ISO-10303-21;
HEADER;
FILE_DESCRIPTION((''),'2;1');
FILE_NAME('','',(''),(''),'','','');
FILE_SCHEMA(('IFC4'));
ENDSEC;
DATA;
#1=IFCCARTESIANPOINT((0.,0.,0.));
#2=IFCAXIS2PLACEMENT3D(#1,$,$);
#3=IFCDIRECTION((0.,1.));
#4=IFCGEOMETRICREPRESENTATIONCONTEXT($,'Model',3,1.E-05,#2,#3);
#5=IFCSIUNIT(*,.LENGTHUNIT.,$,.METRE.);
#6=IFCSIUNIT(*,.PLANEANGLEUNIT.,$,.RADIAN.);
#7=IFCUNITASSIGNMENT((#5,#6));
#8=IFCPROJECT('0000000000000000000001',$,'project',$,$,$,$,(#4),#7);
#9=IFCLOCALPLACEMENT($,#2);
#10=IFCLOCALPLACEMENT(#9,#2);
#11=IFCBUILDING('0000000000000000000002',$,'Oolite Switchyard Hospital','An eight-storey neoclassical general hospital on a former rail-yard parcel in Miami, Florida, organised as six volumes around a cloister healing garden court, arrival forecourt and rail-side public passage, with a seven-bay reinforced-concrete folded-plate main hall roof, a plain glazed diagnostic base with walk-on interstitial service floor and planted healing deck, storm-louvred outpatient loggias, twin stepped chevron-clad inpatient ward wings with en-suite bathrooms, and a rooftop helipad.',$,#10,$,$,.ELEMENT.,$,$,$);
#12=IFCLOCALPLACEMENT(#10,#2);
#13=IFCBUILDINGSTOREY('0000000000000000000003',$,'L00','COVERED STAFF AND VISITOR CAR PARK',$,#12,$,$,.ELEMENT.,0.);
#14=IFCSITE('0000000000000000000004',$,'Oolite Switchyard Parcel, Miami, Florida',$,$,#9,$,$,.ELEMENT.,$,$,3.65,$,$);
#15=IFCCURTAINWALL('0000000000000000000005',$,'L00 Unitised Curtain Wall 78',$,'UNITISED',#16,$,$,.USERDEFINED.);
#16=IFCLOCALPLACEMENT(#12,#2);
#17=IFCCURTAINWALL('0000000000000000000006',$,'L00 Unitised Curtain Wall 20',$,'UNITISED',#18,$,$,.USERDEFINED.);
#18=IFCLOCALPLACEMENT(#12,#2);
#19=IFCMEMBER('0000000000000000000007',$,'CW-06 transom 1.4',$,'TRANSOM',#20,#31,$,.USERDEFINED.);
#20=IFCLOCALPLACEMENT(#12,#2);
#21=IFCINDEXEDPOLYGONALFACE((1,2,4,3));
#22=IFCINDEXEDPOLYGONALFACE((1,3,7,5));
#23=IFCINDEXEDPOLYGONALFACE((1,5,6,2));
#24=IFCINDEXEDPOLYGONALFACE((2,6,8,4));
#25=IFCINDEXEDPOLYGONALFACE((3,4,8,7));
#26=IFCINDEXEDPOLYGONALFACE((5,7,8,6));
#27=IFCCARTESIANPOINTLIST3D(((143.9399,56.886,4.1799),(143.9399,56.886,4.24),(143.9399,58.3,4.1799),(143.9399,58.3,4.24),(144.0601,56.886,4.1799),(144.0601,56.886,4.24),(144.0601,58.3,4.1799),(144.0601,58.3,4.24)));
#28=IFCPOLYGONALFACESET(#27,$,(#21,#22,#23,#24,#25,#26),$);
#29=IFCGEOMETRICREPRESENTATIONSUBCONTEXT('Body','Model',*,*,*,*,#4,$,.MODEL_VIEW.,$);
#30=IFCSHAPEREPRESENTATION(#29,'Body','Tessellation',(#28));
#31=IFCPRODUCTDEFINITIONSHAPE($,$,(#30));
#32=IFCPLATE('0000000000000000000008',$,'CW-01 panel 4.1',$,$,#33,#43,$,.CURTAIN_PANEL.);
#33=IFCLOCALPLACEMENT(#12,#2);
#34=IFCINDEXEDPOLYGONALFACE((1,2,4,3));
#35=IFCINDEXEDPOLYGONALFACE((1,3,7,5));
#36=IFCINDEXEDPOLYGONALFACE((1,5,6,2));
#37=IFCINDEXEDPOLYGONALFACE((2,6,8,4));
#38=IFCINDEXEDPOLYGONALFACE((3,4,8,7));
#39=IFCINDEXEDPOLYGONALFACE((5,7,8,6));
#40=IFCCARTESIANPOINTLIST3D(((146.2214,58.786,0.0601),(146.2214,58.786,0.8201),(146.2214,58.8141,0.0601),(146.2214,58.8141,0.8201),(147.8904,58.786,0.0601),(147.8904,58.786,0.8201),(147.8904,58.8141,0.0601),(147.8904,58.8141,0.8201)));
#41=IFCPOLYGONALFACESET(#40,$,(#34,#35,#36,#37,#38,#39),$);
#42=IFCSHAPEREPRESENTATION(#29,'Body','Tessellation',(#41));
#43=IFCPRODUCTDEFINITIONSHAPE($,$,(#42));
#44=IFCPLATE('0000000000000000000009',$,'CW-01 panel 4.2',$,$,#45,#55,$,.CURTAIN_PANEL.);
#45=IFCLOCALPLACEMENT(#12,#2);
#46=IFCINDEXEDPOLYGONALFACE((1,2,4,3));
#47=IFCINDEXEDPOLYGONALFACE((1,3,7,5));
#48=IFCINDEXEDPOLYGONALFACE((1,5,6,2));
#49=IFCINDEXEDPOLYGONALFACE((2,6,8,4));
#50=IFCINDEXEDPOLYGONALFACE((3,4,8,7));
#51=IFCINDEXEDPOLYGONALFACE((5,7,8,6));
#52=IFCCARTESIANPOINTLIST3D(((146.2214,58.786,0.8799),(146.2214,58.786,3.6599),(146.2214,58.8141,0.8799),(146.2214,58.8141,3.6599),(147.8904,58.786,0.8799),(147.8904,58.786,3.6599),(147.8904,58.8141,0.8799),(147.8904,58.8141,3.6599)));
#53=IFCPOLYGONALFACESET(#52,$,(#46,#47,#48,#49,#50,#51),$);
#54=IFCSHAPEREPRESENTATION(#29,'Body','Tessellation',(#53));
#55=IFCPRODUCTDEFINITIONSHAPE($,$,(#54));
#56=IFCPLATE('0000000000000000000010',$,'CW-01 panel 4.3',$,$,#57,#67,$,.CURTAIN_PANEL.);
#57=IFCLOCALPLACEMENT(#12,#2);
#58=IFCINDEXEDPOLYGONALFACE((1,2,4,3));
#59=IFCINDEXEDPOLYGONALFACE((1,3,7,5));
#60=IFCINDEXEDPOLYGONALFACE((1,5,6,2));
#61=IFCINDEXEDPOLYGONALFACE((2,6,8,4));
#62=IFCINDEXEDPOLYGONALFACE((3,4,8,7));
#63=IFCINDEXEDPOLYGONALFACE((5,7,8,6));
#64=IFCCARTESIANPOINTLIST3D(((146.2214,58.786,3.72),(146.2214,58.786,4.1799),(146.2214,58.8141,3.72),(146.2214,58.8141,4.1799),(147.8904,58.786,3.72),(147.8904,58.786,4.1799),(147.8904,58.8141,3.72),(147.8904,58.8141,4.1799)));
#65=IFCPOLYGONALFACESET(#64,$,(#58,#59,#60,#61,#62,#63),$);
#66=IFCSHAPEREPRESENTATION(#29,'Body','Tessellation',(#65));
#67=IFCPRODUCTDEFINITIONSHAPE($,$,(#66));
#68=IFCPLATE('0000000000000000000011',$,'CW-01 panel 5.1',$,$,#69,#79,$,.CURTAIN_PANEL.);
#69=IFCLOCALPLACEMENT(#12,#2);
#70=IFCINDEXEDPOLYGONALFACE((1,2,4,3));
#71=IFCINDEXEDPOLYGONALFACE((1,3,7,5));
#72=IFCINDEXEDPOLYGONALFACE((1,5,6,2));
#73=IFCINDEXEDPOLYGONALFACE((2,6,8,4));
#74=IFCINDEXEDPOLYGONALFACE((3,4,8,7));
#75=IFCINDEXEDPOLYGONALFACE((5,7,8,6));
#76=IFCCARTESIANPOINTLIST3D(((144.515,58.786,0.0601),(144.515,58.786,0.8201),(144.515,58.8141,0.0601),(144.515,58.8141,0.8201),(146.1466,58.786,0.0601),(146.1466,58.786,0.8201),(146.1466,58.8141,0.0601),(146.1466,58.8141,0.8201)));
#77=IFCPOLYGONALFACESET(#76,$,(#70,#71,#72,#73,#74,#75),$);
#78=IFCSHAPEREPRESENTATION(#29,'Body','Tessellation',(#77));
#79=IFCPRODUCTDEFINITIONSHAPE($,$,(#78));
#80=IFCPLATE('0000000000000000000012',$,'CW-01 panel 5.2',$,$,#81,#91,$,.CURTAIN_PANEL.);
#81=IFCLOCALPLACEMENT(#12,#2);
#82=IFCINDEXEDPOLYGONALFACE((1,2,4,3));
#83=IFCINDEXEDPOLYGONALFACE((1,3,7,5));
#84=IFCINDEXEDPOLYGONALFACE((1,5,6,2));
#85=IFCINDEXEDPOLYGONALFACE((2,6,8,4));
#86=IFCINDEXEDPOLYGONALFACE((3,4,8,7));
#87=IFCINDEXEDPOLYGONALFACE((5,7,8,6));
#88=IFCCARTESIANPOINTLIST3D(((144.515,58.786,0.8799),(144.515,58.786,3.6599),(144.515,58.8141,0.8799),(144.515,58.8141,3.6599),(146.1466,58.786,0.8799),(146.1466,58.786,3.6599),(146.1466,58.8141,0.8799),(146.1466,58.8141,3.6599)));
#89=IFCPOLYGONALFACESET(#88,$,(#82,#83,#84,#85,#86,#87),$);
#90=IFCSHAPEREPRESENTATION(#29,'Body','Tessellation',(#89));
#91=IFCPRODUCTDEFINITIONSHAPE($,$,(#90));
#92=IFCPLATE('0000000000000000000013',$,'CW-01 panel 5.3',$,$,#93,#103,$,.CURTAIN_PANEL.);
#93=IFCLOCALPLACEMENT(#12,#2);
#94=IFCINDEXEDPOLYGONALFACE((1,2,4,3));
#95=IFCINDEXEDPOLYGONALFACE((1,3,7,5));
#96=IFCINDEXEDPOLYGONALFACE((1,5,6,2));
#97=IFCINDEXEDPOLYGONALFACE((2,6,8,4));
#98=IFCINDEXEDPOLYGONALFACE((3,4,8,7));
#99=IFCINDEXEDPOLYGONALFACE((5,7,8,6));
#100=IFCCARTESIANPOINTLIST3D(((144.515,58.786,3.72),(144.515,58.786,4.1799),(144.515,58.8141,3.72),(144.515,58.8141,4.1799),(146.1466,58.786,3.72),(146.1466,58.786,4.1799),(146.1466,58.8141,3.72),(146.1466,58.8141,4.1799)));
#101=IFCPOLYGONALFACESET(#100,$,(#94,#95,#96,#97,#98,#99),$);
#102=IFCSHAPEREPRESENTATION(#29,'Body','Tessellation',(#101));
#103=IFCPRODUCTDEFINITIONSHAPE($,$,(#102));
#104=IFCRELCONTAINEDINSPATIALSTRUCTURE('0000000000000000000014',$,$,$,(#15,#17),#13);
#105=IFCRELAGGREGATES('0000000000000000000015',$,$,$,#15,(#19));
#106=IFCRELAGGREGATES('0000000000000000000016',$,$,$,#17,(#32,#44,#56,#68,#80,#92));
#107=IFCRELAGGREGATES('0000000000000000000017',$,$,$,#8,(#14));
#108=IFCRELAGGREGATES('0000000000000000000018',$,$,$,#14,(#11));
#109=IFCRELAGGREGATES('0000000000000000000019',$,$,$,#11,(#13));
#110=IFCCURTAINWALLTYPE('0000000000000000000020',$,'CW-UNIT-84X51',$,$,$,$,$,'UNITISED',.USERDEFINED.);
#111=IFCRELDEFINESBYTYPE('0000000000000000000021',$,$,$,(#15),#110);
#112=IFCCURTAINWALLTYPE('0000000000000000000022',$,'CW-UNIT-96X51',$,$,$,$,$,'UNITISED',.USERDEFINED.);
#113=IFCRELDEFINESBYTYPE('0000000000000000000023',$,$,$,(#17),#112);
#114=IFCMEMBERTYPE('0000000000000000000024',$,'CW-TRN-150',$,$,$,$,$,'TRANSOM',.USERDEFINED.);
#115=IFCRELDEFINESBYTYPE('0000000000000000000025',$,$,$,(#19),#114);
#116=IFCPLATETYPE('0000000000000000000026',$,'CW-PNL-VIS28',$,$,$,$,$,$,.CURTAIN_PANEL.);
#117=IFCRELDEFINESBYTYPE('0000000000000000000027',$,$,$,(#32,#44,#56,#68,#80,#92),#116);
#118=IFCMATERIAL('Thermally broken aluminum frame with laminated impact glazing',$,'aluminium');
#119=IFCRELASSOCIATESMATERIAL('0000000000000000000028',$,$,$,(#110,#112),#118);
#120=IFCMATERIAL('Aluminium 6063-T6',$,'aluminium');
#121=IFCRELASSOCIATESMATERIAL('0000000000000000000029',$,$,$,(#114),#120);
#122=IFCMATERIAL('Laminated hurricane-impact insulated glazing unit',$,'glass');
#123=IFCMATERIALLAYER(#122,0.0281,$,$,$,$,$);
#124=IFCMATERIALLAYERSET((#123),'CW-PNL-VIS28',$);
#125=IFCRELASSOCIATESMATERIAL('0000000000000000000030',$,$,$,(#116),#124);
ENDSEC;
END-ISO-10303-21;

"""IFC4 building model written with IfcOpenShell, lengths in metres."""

from ifc_helpers import new_model, si_unit, direction, frame, origin, origin_2d, place, context, subcontext, project, spatial, rectangle, extrude, material, layer, layer_set, material_profile, profile_set, type_object, element, aggregate, save


model = new_model("IFC4")

# Units and contexts
model_context = context("Model", 3, precision=1e-05, world=origin(), true_north=direction((0.0, 1.0)))
body_context = subcontext(model_context, "Body", "Model", "MODEL_VIEW")
ifc_project = project(units=[si_unit("LENGTHUNIT", "METRE"), si_unit("PLANEANGLEUNIT", "RADIAN")], contexts=[model_context])

# Site, building, storey
site_placement = place(None, origin())
site = spatial("IfcSite", under=ifc_project, at=site_placement, Name="Oolite Switchyard Parcel, Miami, Florida", CompositionType="ELEMENT", RefElevation=3.65)
building_placement = place(site_placement, origin())
building = spatial("IfcBuilding", under=site, at=building_placement, Name="Oolite Switchyard Hospital", Description="An eight-storey neoclassical general hospital on a former rail-yard parcel in Miami, Florida, organised as six volumes around a cloister healing garden court, arrival forecourt and rail-side public passage, with a seven-bay reinforced-concrete folded-plate main hall roof, a plain glazed diagnostic base with walk-on interstitial service floor and planted healing deck, storm-louvred outpatient loggias, twin stepped chevron-clad inpatient ward wings with en-suite bathrooms, and a rooftop helipad.", CompositionType="ELEMENT")
storey_placement = place(building_placement, origin())
storey = spatial("IfcBuildingStorey", under=building, at=storey_placement, Name="L00", Description="COVERED STAFF AND VISITOR CAR PARK", CompositionType="ELEMENT", Elevation=0.0)

# Curtain wall
ifc_material_1 = material(Name="Thermally broken aluminum frame with laminated impact glazing", Category="aluminium")
curtain_wall_type_1 = type_object("IfcCurtainWallType", Name="CW-UNIT-84X51", ElementType="UNITISED", PredefinedType="USERDEFINED", material=ifc_material_1)
curtain_wall_1_placement = place(storey_placement, origin())
curtain_wall_1 = element("IfcCurtainWall", 1, at=curtain_wall_1_placement, inside=storey, type_object=curtain_wall_type_1, Name="L00 Unitised Curtain Wall 78", ObjectType="UNITISED", PredefinedType="USERDEFINED")
ifc_material_2 = material(Name="Aluminium 6063-T6", Category="aluminium")

# Curtain wall
curtain_wall_type_2 = type_object("IfcCurtainWallType", Name="CW-UNIT-96X51", ElementType="UNITISED", PredefinedType="USERDEFINED", material=ifc_material_1)
curtain_wall_2_placement = place(storey_placement, origin())
curtain_wall_2 = element("IfcCurtainWall", 2, at=curtain_wall_2_placement, inside=storey, type_object=curtain_wall_type_2, Name="L00 Unitised Curtain Wall 20", ObjectType="UNITISED", PredefinedType="USERDEFINED")
ifc_material_profile_1 = material_profile(ifc_material_2, rectangle(XDim=0.1201, YDim=0.0601, at=origin_2d()), Name="CWT60X120")
ifc_profile_set_1 = profile_set([ifc_material_profile_1], Name="Aluminium 6063-T6")
member_type_1 = type_object("IfcMemberType", Name="CW-TRN-150", ElementType="TRANSOM", PredefinedType="USERDEFINED", material=ifc_profile_set_1)

# Member
member_1_placement = place(storey_placement, frame((144.0, 58.3, 4.21), z_axis=(0.0, -1.0, 0.0), x_axis=(1.0, 0.0, 0.0)))
member_1 = element("IfcMember", 3, at=member_1_placement, type_object=member_type_1, Name="CW-06 transom 1.4", ObjectType="TRANSOM", PredefinedType="USERDEFINED", context=body_context, shape_type="SweptSolid", body=[
    extrude(rectangle(XDim=0.1201, YDim=0.0601, at=origin_2d()), origin(), (0.0, 0.0, 1.0), 1.4141),
])
aggregate(curtain_wall_1, [member_1])

# Plates
ifc_material_3 = material(Name="Laminated hurricane-impact insulated glazing unit", Category="glass")
ifc_layer = layer(ifc_material_3, 0.0281)
ifc_layer_set = layer_set([ifc_layer], Name="CW-PNL-VIS28")
plate_type = type_object("IfcPlateType", Name="CW-PNL-VIS28", PredefinedType="CURTAIN_PANEL", material=ifc_layer_set)
plate_1_placement = place(storey_placement, frame((147.0559, 58.8, 0.0601), z_axis=(0.0, 0.0, 1.0), x_axis=(-1.0, 0.0, 0.0)))
plate_1 = element("IfcPlate", 4, at=plate_1_placement, type_object=plate_type, Name="CW-01 panel 4.1", PredefinedType="CURTAIN_PANEL", context=body_context, shape_type="SweptSolid", body=[
    extrude(rectangle(XDim=1.6689, YDim=0.0281, at=origin_2d()), origin(), (0.0, 0.0, 1.0), 0.76),
])
plate_2_placement = place(storey_placement, frame((147.0559, 58.8, 0.8799), z_axis=(0.0, 0.0, 1.0), x_axis=(-1.0, 0.0, 0.0)))
plate_2 = element("IfcPlate", 5, at=plate_2_placement, type_object=plate_type, Name="CW-01 panel 4.2", PredefinedType="CURTAIN_PANEL", context=body_context, shape_type="SweptSolid", body=[
    extrude(rectangle(XDim=1.6689, YDim=0.0281, at=origin_2d()), origin(), (0.0, 0.0, 1.0), 2.78),
])
plate_3_placement = place(storey_placement, frame((147.0559, 58.8, 3.72), z_axis=(0.0, 0.0, 1.0), x_axis=(-1.0, 0.0, 0.0)))
plate_3 = element("IfcPlate", 6, at=plate_3_placement, type_object=plate_type, Name="CW-01 panel 4.3", PredefinedType="CURTAIN_PANEL", context=body_context, shape_type="SweptSolid", body=[
    extrude(rectangle(XDim=1.6689, YDim=0.0281, at=origin_2d()), origin(), (0.0, 0.0, 1.0), 0.46),
])
plate_4_placement = place(storey_placement, frame((145.3308, 58.8, 0.0601), z_axis=(0.0, 0.0, 1.0), x_axis=(-1.0, 0.0, 0.0)))
plate_4 = element("IfcPlate", 7, at=plate_4_placement, type_object=plate_type, Name="CW-01 panel 5.1", PredefinedType="CURTAIN_PANEL", context=body_context, shape_type="SweptSolid", body=[
    extrude(rectangle(XDim=1.6316, YDim=0.0281, at=origin_2d()), origin(), (0.0, 0.0, 1.0), 0.76),
])
plate_5_placement = place(storey_placement, frame((145.3308, 58.8, 0.8799), z_axis=(0.0, 0.0, 1.0), x_axis=(-1.0, 0.0, 0.0)))
plate_5 = element("IfcPlate", 8, at=plate_5_placement, type_object=plate_type, Name="CW-01 panel 5.2", PredefinedType="CURTAIN_PANEL", context=body_context, shape_type="SweptSolid", body=[
    extrude(rectangle(XDim=1.6316, YDim=0.0281, at=origin_2d()), origin(), (0.0, 0.0, 1.0), 2.78),
])
plate_6_placement = place(storey_placement, frame((145.3308, 58.8, 3.72), z_axis=(0.0, 0.0, 1.0), x_axis=(-1.0, 0.0, 0.0)))
plate_6 = element("IfcPlate", 9, at=plate_6_placement, type_object=plate_type, Name="CW-01 panel 5.3", PredefinedType="CURTAIN_PANEL", context=body_context, shape_type="SweptSolid", body=[
    extrude(rectangle(XDim=1.6316, YDim=0.0281, at=origin_2d()), origin(), (0.0, 0.0, 1.0), 0.46),
])
aggregate(curtain_wall_2, [plate_1, plate_2, plate_3, plate_4, plate_5, plate_6])

save(model, "model.ifc")
